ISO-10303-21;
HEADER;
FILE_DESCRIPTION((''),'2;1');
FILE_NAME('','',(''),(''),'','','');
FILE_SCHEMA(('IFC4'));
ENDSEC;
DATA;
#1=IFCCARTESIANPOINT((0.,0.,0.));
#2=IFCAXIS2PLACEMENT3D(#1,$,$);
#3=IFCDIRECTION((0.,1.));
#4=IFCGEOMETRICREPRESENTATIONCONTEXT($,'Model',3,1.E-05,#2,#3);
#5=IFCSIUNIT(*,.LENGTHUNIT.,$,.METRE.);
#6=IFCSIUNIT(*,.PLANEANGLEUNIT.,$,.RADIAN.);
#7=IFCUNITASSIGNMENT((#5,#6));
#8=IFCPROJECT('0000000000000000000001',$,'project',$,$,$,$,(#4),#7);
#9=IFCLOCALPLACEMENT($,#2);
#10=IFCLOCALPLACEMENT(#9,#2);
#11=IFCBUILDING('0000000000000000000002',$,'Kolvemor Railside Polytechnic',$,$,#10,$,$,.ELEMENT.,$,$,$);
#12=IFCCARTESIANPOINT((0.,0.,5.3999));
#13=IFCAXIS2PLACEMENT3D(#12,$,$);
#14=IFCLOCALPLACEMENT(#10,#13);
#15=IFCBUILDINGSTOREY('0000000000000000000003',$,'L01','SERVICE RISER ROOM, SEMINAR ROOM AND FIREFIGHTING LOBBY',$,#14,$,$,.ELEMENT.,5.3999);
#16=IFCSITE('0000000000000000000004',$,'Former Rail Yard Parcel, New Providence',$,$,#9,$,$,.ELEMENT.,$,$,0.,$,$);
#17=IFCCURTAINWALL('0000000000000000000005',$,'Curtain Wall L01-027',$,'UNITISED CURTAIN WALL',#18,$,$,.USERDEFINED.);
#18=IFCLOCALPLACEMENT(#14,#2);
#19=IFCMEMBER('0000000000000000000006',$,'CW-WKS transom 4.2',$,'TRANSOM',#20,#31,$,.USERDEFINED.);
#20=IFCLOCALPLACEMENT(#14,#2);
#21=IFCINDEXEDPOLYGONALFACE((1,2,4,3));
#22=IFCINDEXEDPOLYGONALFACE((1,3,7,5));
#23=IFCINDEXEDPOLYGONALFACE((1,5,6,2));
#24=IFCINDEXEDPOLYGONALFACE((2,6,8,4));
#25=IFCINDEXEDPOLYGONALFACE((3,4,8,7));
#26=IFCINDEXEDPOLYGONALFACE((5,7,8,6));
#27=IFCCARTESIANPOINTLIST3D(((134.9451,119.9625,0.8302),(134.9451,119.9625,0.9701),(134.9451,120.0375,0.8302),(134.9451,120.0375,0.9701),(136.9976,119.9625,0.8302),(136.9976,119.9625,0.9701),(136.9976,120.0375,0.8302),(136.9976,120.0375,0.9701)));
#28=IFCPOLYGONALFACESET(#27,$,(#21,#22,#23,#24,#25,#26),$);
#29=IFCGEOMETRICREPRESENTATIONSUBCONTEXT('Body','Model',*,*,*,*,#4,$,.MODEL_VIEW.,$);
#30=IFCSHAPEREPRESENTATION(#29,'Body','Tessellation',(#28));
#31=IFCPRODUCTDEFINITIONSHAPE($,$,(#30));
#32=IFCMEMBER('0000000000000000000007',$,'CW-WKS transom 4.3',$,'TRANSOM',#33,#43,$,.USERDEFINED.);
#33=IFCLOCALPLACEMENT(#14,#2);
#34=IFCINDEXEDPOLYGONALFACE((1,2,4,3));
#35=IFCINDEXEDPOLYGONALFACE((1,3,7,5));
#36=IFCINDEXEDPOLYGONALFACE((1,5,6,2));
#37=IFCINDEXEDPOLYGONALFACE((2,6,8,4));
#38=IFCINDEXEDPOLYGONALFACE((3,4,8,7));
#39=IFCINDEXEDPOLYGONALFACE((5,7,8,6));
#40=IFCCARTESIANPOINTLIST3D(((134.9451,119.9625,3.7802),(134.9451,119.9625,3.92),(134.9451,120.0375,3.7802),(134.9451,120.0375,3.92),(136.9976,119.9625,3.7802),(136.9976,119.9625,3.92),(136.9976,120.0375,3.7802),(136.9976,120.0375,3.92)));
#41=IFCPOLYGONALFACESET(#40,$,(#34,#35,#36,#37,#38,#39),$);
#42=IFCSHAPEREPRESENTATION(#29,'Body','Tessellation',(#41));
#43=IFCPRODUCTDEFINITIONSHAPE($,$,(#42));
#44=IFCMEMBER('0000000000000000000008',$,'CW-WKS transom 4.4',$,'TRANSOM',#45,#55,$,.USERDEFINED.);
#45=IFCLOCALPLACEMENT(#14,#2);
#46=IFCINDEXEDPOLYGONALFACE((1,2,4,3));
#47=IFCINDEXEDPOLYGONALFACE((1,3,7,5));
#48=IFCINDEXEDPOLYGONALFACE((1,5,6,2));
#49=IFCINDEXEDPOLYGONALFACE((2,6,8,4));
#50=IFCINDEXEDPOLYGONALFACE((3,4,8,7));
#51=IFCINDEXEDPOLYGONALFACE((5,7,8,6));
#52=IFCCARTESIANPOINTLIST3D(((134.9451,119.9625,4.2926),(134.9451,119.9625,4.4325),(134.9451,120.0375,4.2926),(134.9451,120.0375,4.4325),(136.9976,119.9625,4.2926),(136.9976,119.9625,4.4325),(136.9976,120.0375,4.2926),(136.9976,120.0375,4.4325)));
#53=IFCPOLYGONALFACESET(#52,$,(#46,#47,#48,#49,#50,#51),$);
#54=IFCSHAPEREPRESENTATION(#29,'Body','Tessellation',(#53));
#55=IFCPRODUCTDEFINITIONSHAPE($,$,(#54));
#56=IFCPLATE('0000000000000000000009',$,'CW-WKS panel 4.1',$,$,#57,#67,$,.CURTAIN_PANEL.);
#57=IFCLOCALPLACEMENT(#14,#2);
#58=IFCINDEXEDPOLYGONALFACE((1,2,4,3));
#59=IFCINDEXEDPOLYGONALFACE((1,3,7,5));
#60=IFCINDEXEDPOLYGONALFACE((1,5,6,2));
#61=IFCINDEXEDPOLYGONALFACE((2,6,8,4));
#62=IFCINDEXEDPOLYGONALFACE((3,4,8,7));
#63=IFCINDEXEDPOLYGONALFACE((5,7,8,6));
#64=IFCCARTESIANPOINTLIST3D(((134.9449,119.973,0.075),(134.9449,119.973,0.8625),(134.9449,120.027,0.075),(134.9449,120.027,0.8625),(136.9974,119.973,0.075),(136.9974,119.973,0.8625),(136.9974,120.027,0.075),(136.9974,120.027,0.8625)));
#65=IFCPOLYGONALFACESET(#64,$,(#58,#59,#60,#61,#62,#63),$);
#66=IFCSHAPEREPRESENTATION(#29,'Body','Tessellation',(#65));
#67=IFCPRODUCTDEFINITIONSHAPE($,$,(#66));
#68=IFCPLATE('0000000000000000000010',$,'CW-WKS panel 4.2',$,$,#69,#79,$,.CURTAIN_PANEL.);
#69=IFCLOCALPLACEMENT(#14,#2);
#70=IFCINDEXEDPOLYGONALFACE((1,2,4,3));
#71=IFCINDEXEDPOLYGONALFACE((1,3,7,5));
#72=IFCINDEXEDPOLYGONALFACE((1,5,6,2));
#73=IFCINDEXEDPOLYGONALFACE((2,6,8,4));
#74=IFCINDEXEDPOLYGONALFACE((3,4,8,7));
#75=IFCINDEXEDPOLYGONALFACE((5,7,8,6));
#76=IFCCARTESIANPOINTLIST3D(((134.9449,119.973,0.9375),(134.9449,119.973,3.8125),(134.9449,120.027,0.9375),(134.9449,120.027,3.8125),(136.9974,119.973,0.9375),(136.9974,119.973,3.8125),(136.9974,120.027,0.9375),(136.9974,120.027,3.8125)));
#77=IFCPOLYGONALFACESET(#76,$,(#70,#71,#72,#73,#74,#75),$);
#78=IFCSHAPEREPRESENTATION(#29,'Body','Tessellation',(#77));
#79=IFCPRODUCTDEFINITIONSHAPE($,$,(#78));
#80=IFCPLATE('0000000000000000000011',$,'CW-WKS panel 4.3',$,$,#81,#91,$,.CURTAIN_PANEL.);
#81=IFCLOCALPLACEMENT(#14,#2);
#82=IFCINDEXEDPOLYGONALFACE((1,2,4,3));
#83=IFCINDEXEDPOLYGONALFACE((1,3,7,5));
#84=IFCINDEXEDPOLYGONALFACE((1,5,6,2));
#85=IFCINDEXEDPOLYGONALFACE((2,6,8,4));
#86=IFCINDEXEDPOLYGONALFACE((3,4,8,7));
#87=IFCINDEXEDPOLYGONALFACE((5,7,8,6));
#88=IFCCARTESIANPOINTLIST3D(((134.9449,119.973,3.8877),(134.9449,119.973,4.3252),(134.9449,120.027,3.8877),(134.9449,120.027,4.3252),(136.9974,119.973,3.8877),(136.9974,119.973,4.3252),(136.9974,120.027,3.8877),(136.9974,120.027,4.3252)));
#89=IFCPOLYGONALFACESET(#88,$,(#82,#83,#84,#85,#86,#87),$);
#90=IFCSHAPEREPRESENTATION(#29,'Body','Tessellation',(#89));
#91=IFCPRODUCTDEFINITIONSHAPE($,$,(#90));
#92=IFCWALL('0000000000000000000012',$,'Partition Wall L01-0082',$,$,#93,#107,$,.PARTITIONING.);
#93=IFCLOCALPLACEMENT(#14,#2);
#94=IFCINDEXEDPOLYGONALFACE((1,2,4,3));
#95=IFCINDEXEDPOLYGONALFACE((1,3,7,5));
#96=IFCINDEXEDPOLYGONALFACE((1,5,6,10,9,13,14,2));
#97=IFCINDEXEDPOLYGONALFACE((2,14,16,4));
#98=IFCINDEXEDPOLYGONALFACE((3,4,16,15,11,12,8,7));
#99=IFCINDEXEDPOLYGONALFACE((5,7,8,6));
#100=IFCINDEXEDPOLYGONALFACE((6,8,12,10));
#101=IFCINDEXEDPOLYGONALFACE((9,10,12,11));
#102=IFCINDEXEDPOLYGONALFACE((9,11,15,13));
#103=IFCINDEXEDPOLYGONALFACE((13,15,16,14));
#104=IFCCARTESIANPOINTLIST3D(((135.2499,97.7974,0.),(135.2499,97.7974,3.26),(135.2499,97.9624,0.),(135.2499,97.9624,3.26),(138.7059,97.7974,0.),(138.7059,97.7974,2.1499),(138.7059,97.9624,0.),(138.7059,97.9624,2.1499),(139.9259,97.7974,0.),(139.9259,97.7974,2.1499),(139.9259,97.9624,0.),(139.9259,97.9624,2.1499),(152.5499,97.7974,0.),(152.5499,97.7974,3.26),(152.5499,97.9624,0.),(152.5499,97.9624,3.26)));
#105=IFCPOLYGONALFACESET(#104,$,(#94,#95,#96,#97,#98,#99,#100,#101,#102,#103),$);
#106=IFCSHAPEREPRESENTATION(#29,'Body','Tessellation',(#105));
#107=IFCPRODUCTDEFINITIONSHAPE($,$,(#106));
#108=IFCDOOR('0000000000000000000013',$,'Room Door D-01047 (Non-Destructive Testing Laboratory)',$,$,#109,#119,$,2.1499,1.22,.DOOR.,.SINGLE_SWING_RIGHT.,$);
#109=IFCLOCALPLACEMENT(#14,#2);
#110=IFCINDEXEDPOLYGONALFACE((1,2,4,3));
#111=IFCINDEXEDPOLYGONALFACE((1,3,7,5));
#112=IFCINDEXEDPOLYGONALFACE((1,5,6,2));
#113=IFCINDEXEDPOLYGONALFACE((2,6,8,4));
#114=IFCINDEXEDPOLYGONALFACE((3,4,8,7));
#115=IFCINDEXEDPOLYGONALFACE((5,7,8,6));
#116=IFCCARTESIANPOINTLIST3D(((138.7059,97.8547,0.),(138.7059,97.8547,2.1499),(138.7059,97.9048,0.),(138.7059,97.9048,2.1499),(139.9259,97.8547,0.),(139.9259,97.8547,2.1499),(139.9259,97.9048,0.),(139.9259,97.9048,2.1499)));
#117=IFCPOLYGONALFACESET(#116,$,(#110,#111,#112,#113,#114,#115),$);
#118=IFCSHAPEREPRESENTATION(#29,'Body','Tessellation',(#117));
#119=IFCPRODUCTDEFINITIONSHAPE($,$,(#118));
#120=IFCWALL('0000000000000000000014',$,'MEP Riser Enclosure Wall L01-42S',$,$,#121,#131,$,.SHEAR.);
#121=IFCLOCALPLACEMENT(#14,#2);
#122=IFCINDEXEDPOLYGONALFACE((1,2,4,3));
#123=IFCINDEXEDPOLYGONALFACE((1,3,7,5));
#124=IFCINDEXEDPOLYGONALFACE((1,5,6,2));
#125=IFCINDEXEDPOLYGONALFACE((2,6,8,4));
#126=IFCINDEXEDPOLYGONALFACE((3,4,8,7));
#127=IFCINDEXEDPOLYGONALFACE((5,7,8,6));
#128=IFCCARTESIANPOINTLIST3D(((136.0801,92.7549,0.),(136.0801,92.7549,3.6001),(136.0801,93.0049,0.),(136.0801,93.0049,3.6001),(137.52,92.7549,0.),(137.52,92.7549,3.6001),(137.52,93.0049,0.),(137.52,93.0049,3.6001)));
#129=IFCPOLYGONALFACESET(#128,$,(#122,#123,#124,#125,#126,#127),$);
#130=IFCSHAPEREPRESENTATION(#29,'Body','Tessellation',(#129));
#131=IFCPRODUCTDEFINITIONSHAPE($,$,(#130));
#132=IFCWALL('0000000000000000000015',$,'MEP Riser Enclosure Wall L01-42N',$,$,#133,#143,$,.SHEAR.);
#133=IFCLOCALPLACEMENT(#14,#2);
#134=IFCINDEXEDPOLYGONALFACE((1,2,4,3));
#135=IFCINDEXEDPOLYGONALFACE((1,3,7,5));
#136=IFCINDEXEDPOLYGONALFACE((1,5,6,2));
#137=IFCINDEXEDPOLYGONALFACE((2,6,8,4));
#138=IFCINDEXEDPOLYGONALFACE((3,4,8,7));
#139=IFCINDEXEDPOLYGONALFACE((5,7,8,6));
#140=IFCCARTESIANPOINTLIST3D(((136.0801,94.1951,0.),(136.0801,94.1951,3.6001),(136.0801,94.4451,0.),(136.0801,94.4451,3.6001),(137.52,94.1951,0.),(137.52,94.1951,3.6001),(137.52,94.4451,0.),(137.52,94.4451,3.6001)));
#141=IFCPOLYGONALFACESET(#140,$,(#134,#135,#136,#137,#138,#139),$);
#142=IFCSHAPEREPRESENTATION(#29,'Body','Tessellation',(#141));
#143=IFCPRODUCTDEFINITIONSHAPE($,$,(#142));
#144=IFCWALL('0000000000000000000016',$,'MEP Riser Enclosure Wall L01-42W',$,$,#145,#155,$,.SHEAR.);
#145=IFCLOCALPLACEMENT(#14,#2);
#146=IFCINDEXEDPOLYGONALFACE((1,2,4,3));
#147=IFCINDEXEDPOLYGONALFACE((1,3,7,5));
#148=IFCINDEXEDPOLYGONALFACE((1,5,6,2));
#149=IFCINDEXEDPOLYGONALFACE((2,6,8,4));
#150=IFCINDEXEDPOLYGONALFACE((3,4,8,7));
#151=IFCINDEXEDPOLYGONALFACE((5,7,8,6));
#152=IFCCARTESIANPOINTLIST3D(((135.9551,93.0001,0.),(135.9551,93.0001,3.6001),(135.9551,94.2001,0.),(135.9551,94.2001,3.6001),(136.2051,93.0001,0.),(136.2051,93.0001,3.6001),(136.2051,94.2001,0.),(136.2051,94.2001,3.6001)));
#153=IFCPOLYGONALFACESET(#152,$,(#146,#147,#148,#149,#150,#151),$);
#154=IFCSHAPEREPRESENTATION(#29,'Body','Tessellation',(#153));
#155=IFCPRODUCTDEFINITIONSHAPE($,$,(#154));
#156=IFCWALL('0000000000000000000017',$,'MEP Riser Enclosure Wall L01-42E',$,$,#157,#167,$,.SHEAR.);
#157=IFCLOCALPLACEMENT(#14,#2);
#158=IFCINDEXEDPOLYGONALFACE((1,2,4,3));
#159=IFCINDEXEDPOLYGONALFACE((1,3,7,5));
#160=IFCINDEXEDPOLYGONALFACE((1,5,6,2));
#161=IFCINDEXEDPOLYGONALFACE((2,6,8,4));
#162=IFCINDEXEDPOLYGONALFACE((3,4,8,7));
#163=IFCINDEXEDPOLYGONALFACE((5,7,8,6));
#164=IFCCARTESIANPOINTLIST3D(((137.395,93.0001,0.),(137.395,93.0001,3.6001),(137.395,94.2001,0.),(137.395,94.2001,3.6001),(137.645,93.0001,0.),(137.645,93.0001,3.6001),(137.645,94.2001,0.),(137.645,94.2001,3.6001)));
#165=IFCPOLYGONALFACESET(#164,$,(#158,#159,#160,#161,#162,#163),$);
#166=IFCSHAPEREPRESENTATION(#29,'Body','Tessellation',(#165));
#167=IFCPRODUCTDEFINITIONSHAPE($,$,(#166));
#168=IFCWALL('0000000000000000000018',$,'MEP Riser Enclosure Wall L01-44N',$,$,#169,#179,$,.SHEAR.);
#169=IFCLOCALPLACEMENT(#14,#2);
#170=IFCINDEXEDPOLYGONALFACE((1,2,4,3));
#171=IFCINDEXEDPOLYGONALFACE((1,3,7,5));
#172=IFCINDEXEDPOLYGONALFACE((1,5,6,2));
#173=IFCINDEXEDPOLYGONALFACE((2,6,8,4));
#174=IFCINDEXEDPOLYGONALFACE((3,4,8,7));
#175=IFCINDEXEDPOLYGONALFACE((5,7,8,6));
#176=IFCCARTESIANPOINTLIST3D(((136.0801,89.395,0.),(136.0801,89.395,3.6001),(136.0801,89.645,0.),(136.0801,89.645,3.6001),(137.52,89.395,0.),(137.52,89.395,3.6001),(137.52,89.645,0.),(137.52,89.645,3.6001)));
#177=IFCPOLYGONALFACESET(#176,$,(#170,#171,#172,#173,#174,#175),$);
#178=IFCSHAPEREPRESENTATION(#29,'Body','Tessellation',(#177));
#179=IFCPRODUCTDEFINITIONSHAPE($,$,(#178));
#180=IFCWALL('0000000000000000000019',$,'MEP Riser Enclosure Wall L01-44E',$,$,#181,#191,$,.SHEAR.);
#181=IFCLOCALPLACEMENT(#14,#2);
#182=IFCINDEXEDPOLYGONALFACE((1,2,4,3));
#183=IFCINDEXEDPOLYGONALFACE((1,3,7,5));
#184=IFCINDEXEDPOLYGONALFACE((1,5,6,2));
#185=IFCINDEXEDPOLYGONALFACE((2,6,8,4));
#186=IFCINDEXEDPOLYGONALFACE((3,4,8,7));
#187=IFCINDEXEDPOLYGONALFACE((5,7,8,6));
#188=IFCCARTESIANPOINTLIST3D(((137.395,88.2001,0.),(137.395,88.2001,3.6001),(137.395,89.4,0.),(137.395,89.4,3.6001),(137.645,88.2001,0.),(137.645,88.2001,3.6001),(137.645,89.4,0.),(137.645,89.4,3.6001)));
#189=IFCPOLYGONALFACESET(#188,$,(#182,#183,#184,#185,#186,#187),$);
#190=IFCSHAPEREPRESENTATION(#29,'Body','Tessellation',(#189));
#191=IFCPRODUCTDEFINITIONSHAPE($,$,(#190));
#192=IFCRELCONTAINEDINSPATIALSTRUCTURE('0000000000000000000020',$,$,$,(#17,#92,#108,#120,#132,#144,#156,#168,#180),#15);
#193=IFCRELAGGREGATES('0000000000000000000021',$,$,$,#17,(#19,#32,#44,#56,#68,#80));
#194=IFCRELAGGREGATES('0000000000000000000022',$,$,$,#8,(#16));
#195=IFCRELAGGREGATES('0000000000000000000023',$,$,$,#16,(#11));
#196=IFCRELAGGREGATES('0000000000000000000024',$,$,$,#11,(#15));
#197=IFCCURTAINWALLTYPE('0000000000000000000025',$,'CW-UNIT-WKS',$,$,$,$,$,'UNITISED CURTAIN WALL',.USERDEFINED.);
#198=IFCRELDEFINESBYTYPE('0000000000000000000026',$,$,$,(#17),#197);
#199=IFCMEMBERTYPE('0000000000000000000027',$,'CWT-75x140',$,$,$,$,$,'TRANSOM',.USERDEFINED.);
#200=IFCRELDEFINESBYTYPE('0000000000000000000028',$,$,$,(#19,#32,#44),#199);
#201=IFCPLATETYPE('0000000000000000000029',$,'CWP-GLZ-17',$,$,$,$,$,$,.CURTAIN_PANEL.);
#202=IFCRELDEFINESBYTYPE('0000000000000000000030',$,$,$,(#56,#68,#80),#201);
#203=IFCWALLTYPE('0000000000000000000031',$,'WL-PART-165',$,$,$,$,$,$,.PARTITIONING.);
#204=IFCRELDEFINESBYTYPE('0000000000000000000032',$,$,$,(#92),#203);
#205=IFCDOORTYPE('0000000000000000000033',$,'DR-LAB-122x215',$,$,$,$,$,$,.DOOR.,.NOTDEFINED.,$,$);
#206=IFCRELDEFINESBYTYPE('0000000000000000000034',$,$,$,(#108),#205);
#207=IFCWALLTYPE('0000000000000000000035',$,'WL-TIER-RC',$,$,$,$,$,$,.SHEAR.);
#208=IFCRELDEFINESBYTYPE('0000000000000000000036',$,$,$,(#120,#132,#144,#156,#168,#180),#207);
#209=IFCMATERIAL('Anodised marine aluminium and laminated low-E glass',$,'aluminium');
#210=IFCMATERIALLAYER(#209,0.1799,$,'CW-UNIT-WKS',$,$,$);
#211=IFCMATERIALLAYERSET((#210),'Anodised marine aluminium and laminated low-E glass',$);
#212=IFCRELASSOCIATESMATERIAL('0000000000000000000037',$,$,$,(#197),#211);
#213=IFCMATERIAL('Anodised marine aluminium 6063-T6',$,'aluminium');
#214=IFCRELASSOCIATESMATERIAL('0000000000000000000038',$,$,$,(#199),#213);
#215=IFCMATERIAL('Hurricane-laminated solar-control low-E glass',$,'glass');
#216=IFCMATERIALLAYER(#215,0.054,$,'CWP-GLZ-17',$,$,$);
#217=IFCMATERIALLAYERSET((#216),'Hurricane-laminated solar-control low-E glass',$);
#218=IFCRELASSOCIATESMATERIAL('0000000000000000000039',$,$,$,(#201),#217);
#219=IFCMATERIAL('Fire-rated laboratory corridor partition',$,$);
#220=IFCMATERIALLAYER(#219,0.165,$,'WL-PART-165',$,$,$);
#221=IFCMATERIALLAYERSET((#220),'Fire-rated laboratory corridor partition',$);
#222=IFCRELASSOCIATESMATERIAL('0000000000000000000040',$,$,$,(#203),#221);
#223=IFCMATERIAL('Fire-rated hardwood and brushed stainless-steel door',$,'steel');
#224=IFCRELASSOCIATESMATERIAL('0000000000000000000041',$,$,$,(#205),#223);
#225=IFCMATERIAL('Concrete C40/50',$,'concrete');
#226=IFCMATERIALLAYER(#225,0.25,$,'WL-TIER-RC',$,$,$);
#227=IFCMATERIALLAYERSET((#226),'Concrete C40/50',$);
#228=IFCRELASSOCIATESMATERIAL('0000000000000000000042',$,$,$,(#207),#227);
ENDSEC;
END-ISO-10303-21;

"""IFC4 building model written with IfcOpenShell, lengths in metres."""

from ifc_helpers import new_model, si_unit, direction, frame, frame_2d, origin, origin_2d, place, context, subcontext, project, spatial, rectangle, extrude, material, layer, layer_set, material_profile, profile_set, type_object, element, fill, aggregate, save


model = new_model("IFC4")

# Units and contexts
model_context = context("Model", 3, precision=1e-05, world=origin(), true_north=direction((0.0, 1.0)))
body_context = subcontext(model_context, "Body", "Model", "MODEL_VIEW")
ifc_project = project(units=[si_unit("LENGTHUNIT", "METRE"), si_unit("PLANEANGLEUNIT", "RADIAN")], contexts=[model_context])

# Site, building, storey
site_placement = place(None, origin())
site = spatial("IfcSite", under=ifc_project, at=site_placement, Name="Former Rail Yard Parcel, New Providence", CompositionType="ELEMENT", RefElevation=0.0)
building_placement = place(site_placement, origin())
building = spatial("IfcBuilding", under=site, at=building_placement, Name="Kolvemor Railside Polytechnic", CompositionType="ELEMENT")
storey_placement = place(building_placement, frame((0.0, 0.0, 5.3999)))
storey = spatial("IfcBuildingStorey", under=building, at=storey_placement, Name="L01", Description="SERVICE RISER ROOM, SEMINAR ROOM AND FIREFIGHTING LOBBY", CompositionType="ELEMENT", Elevation=5.3999)

# Curtain wall, members, plates
ifc_material_1 = material(Name="Anodised marine aluminium and laminated low-E glass", Category="aluminium")
ifc_layer_1 = layer(ifc_material_1, 0.1799, Name="CW-UNIT-WKS")
ifc_layer_set_1 = layer_set([ifc_layer_1], Name="Anodised marine aluminium and laminated low-E glass")
curtain_wall_type_1 = type_object("IfcCurtainWallType", Name="CW-UNIT-WKS", ElementType="UNITISED CURTAIN WALL", PredefinedType="USERDEFINED", material=ifc_layer_set_1)
curtain_wall_1_placement = place(storey_placement, origin())
curtain_wall_1 = element("IfcCurtainWall", 1, at=curtain_wall_1_placement, inside=storey, type_object=curtain_wall_type_1, Name="Curtain Wall L01-027", ObjectType="UNITISED CURTAIN WALL", PredefinedType="USERDEFINED")
ifc_material_2 = material(Name="Anodised marine aluminium 6063-T6", Category="aluminium")
ifc_material_profile_1 = material_profile(ifc_material_2, rectangle(XDim=0.075, YDim=0.1399, at=origin_2d()), Name="CW-TRN-75x140")
ifc_profile_set_1 = profile_set([ifc_material_profile_1], Name="Anodised marine aluminium 6063-T6")
member_type_1 = type_object("IfcMemberType", Name="CWT-75x140", ElementType="TRANSOM", PredefinedType="USERDEFINED", material=ifc_profile_set_1)
member_1_placement = place(storey_placement, frame((136.9976, 120.0, 0.9001), z_axis=(-1.0, 0.0, 0.0), x_axis=(0.0, -1.0, 0.0)))
member_1 = element("IfcMember", 2, at=member_1_placement, type_object=member_type_1, Name="CW-WKS transom 4.2", ObjectType="TRANSOM", PredefinedType="USERDEFINED", context=body_context, shape_type="SweptSolid", body=[
    extrude(rectangle(XDim=0.075, YDim=0.1399, at=origin_2d()), origin(), (0.0, 0.0, 1.0), 2.0525),
])
member_2_placement = place(storey_placement, frame((136.9976, 120.0, 3.8501), z_axis=(-1.0, 0.0, 0.0), x_axis=(0.0, -1.0, 0.0)))
member_2 = element("IfcMember", 3, at=member_2_placement, type_object=member_type_1, Name="CW-WKS transom 4.3", ObjectType="TRANSOM", PredefinedType="USERDEFINED", context=body_context, shape_type="SweptSolid", body=[
    extrude(rectangle(XDim=0.075, YDim=0.1399, at=origin_2d()), origin(), (0.0, 0.0, 1.0), 2.0525),
])
member_3_placement = place(storey_placement, frame((136.9976, 120.0, 4.3625), z_axis=(-1.0, 0.0, 0.0), x_axis=(0.0, -1.0, 0.0)))
member_3 = element("IfcMember", 4, at=member_3_placement, type_object=member_type_1, Name="CW-WKS transom 4.4", ObjectType="TRANSOM", PredefinedType="USERDEFINED", context=body_context, shape_type="SweptSolid", body=[
    extrude(rectangle(XDim=0.075, YDim=0.1399, at=origin_2d()), origin(), (0.0, 0.0, 1.0), 2.0525),
])
ifc_material_3 = material(Name="Hurricane-laminated solar-control low-E glass", Category="glass")
ifc_layer_2 = layer(ifc_material_3, 0.054, Name="CWP-GLZ-17")
ifc_layer_set_2 = layer_set([ifc_layer_2], Name="Hurricane-laminated solar-control low-E glass")
plate_type = type_object("IfcPlateType", Name="CWP-GLZ-17", PredefinedType="CURTAIN_PANEL", material=ifc_layer_set_2)
plate_1_placement = place(storey_placement, frame((135.9712, 120.0, 0.075), z_axis=(0.0, 0.0, 1.0), x_axis=(-1.0, 0.0, 0.0)))
plate_1 = element("IfcPlate", 5, at=plate_1_placement, type_object=plate_type, Name="CW-WKS panel 4.1", PredefinedType="CURTAIN_PANEL", context=body_context, shape_type="SweptSolid", body=[
    extrude(rectangle(XDim=2.0525, YDim=0.054, at=origin_2d()), origin(), (0.0, 0.0, 1.0), 0.7876),
])
plate_2_placement = place(storey_placement, frame((135.9712, 120.0, 0.9375), z_axis=(0.0, 0.0, 1.0), x_axis=(-1.0, 0.0, 0.0)))
plate_2 = element("IfcPlate", 6, at=plate_2_placement, type_object=plate_type, Name="CW-WKS panel 4.2", PredefinedType="CURTAIN_PANEL", context=body_context, shape_type="SweptSolid", body=[
    extrude(rectangle(XDim=2.0525, YDim=0.054, at=origin_2d()), origin(), (0.0, 0.0, 1.0), 2.875),
])
plate_3_placement = place(storey_placement, frame((135.9712, 120.0, 3.8877), z_axis=(0.0, 0.0, 1.0), x_axis=(-1.0, 0.0, 0.0)))
plate_3 = element("IfcPlate", 7, at=plate_3_placement, type_object=plate_type, Name="CW-WKS panel 4.3", PredefinedType="CURTAIN_PANEL", context=body_context, shape_type="SweptSolid", body=[
    extrude(rectangle(XDim=2.0525, YDim=0.054, at=origin_2d()), origin(), (0.0, 0.0, 1.0), 0.4375),
])
aggregate(curtain_wall_1, [member_1, member_2, member_3, plate_1, plate_2, plate_3])

# Wall, opening, door
ifc_material_4 = material(Name="Fire-rated laboratory corridor partition")
ifc_layer_3 = layer(ifc_material_4, 0.165, Name="WL-PART-165")
ifc_layer_set_3 = layer_set([ifc_layer_3], Name="Fire-rated laboratory corridor partition")
wall_type_1 = type_object("IfcWallType", Name="WL-PART-165", PredefinedType="PARTITIONING", material=ifc_layer_set_3)
wall_1_placement = place(storey_placement, frame((135.25, 97.8799, 0.0), z_axis=(0.0, 0.0, 1.0), x_axis=(1.0, 0.0, 0.0)))
wall_1 = element("IfcWall", 8, at=wall_1_placement, inside=storey, type_object=wall_type_1, Name="Partition Wall L01-0082", PredefinedType="PARTITIONING", context=body_context, shape_type="SweptSolid", body=[
    extrude(rectangle(XDim=17.3, YDim=0.165, at=frame_2d((8.6499, 0.0))), origin(), (0.0, 0.0, 1.0), 3.26),
])
opening_placement = place(wall_1_placement, frame((3.4561, 0.0, 0.0)))
opening = element("IfcOpeningElement", 9, at=opening_placement, cuts=wall_1, PredefinedType="OPENING", context=body_context, shape_type="SweptSolid", body=[
    extrude(rectangle(XDim=1.22, YDim=2.1499, at=frame_2d((0.6099, 1.075))), frame((0.0, 0.0925, 0.0), z_axis=(0.0, -1.0, 0.0), x_axis=(1.0, 0.0, 0.0)), (0.0, 0.0, 1.0), 0.1851),
])
ifc_material_5 = material(Name="Fire-rated hardwood and brushed stainless-steel door", Category="steel")
door_type = type_object("IfcDoorType", Name="DR-LAB-122x215", OperationType="NOTDEFINED", PredefinedType="DOOR", material=ifc_material_5)
door_placement = place(opening_placement, origin())
door = element("IfcDoor", 10, at=door_placement, inside=storey, type_object=door_type, Name="Room Door D-01047 (Non-Destructive Testing Laboratory)", OperationType="SINGLE_SWING_RIGHT", OverallHeight=2.1499, OverallWidth=1.22, PredefinedType="DOOR", context=body_context, shape_type="SweptSolid", body=[
    extrude(rectangle(XDim=1.22, YDim=2.1499, at=frame_2d((0.6099, 1.075))), frame((0.0, 0.0249, 0.0), z_axis=(0.0, -1.0, 0.0), x_axis=(1.0, 0.0, 0.0)), (0.0, 0.0, 1.0), 0.05),
])
fill(opening, door)

# Walls
ifc_material_6 = material(Name="Concrete C40/50", Category="concrete")
ifc_layer_4 = layer(ifc_material_6, 0.25, Name="WL-TIER-RC")
ifc_layer_set_4 = layer_set([ifc_layer_4], Name="Concrete C40/50")
wall_type_2 = type_object("IfcWallType", Name="WL-TIER-RC", PredefinedType="SHEAR", material=ifc_layer_set_4)
for number, where, z_axis, x_axis, name in (
    (11, (136.0801, 92.8799, 0.0), (0.0, 0.0, 1.0), (1.0, 0.0, 0.0), "MEP Riser Enclosure Wall L01-42S"),
    (12, (136.0801, 94.3201, 0.0), (0.0, 0.0, 1.0), (1.0, 0.0, 0.0), "MEP Riser Enclosure Wall L01-42N"),
):
    element("IfcWall", number, at=place(storey_placement, frame(where, z_axis=z_axis, x_axis=x_axis)), inside=storey, type_object=wall_type_2, Name=name, PredefinedType="SHEAR", context=body_context, shape_type="SweptSolid", body=[
        extrude(rectangle(XDim=1.4399, YDim=0.25, at=frame_2d((0.72, 0.0))), origin(), (0.0, 0.0, 1.0), 3.6001),
    ])
for number, where, z_axis, x_axis, name in (
    (13, (136.0801, 93.0, 0.0), (0.0, 0.0, 1.0), (0.0, 1.0, 0.0), "MEP Riser Enclosure Wall L01-42W"),
    (14, (137.52, 93.0, 0.0), (0.0, 0.0, 1.0), (0.0, 1.0, 0.0), "MEP Riser Enclosure Wall L01-42E"),
):
    element("IfcWall", number, at=place(storey_placement, frame(where, z_axis=z_axis, x_axis=x_axis)), inside=storey, type_object=wall_type_2, Name=name, PredefinedType="SHEAR", context=body_context, shape_type="SweptSolid", body=[
        extrude(rectangle(XDim=1.2, YDim=0.25, at=frame_2d((0.6001, 0.0))), origin(), (0.0, 0.0, 1.0), 3.6001),
    ])
wall_2_placement = place(storey_placement, frame((136.0801, 89.52, 0.0), z_axis=(0.0, 0.0, 1.0), x_axis=(1.0, 0.0, 0.0)))
element("IfcWall", 15, at=wall_2_placement, inside=storey, type_object=wall_type_2, Name="MEP Riser Enclosure Wall L01-44N", PredefinedType="SHEAR", context=body_context, shape_type="SweptSolid", body=[
    extrude(rectangle(XDim=1.4399, YDim=0.25, at=frame_2d((0.72, 0.0))), origin(), (0.0, 0.0, 1.0), 3.6001),
])
wall_3_placement = place(storey_placement, frame((137.52, 88.2, 0.0), z_axis=(0.0, 0.0, 1.0), x_axis=(0.0, 1.0, 0.0)))
element("IfcWall", 16, at=wall_3_placement, inside=storey, type_object=wall_type_2, Name="MEP Riser Enclosure Wall L01-44E", PredefinedType="SHEAR", context=body_context, shape_type="SweptSolid", body=[
    extrude(rectangle(XDim=1.2, YDim=0.25, at=frame_2d((0.6001, 0.0))), origin(), (0.0, 0.0, 1.0), 3.6001),
])

save(model, "model.ifc")
